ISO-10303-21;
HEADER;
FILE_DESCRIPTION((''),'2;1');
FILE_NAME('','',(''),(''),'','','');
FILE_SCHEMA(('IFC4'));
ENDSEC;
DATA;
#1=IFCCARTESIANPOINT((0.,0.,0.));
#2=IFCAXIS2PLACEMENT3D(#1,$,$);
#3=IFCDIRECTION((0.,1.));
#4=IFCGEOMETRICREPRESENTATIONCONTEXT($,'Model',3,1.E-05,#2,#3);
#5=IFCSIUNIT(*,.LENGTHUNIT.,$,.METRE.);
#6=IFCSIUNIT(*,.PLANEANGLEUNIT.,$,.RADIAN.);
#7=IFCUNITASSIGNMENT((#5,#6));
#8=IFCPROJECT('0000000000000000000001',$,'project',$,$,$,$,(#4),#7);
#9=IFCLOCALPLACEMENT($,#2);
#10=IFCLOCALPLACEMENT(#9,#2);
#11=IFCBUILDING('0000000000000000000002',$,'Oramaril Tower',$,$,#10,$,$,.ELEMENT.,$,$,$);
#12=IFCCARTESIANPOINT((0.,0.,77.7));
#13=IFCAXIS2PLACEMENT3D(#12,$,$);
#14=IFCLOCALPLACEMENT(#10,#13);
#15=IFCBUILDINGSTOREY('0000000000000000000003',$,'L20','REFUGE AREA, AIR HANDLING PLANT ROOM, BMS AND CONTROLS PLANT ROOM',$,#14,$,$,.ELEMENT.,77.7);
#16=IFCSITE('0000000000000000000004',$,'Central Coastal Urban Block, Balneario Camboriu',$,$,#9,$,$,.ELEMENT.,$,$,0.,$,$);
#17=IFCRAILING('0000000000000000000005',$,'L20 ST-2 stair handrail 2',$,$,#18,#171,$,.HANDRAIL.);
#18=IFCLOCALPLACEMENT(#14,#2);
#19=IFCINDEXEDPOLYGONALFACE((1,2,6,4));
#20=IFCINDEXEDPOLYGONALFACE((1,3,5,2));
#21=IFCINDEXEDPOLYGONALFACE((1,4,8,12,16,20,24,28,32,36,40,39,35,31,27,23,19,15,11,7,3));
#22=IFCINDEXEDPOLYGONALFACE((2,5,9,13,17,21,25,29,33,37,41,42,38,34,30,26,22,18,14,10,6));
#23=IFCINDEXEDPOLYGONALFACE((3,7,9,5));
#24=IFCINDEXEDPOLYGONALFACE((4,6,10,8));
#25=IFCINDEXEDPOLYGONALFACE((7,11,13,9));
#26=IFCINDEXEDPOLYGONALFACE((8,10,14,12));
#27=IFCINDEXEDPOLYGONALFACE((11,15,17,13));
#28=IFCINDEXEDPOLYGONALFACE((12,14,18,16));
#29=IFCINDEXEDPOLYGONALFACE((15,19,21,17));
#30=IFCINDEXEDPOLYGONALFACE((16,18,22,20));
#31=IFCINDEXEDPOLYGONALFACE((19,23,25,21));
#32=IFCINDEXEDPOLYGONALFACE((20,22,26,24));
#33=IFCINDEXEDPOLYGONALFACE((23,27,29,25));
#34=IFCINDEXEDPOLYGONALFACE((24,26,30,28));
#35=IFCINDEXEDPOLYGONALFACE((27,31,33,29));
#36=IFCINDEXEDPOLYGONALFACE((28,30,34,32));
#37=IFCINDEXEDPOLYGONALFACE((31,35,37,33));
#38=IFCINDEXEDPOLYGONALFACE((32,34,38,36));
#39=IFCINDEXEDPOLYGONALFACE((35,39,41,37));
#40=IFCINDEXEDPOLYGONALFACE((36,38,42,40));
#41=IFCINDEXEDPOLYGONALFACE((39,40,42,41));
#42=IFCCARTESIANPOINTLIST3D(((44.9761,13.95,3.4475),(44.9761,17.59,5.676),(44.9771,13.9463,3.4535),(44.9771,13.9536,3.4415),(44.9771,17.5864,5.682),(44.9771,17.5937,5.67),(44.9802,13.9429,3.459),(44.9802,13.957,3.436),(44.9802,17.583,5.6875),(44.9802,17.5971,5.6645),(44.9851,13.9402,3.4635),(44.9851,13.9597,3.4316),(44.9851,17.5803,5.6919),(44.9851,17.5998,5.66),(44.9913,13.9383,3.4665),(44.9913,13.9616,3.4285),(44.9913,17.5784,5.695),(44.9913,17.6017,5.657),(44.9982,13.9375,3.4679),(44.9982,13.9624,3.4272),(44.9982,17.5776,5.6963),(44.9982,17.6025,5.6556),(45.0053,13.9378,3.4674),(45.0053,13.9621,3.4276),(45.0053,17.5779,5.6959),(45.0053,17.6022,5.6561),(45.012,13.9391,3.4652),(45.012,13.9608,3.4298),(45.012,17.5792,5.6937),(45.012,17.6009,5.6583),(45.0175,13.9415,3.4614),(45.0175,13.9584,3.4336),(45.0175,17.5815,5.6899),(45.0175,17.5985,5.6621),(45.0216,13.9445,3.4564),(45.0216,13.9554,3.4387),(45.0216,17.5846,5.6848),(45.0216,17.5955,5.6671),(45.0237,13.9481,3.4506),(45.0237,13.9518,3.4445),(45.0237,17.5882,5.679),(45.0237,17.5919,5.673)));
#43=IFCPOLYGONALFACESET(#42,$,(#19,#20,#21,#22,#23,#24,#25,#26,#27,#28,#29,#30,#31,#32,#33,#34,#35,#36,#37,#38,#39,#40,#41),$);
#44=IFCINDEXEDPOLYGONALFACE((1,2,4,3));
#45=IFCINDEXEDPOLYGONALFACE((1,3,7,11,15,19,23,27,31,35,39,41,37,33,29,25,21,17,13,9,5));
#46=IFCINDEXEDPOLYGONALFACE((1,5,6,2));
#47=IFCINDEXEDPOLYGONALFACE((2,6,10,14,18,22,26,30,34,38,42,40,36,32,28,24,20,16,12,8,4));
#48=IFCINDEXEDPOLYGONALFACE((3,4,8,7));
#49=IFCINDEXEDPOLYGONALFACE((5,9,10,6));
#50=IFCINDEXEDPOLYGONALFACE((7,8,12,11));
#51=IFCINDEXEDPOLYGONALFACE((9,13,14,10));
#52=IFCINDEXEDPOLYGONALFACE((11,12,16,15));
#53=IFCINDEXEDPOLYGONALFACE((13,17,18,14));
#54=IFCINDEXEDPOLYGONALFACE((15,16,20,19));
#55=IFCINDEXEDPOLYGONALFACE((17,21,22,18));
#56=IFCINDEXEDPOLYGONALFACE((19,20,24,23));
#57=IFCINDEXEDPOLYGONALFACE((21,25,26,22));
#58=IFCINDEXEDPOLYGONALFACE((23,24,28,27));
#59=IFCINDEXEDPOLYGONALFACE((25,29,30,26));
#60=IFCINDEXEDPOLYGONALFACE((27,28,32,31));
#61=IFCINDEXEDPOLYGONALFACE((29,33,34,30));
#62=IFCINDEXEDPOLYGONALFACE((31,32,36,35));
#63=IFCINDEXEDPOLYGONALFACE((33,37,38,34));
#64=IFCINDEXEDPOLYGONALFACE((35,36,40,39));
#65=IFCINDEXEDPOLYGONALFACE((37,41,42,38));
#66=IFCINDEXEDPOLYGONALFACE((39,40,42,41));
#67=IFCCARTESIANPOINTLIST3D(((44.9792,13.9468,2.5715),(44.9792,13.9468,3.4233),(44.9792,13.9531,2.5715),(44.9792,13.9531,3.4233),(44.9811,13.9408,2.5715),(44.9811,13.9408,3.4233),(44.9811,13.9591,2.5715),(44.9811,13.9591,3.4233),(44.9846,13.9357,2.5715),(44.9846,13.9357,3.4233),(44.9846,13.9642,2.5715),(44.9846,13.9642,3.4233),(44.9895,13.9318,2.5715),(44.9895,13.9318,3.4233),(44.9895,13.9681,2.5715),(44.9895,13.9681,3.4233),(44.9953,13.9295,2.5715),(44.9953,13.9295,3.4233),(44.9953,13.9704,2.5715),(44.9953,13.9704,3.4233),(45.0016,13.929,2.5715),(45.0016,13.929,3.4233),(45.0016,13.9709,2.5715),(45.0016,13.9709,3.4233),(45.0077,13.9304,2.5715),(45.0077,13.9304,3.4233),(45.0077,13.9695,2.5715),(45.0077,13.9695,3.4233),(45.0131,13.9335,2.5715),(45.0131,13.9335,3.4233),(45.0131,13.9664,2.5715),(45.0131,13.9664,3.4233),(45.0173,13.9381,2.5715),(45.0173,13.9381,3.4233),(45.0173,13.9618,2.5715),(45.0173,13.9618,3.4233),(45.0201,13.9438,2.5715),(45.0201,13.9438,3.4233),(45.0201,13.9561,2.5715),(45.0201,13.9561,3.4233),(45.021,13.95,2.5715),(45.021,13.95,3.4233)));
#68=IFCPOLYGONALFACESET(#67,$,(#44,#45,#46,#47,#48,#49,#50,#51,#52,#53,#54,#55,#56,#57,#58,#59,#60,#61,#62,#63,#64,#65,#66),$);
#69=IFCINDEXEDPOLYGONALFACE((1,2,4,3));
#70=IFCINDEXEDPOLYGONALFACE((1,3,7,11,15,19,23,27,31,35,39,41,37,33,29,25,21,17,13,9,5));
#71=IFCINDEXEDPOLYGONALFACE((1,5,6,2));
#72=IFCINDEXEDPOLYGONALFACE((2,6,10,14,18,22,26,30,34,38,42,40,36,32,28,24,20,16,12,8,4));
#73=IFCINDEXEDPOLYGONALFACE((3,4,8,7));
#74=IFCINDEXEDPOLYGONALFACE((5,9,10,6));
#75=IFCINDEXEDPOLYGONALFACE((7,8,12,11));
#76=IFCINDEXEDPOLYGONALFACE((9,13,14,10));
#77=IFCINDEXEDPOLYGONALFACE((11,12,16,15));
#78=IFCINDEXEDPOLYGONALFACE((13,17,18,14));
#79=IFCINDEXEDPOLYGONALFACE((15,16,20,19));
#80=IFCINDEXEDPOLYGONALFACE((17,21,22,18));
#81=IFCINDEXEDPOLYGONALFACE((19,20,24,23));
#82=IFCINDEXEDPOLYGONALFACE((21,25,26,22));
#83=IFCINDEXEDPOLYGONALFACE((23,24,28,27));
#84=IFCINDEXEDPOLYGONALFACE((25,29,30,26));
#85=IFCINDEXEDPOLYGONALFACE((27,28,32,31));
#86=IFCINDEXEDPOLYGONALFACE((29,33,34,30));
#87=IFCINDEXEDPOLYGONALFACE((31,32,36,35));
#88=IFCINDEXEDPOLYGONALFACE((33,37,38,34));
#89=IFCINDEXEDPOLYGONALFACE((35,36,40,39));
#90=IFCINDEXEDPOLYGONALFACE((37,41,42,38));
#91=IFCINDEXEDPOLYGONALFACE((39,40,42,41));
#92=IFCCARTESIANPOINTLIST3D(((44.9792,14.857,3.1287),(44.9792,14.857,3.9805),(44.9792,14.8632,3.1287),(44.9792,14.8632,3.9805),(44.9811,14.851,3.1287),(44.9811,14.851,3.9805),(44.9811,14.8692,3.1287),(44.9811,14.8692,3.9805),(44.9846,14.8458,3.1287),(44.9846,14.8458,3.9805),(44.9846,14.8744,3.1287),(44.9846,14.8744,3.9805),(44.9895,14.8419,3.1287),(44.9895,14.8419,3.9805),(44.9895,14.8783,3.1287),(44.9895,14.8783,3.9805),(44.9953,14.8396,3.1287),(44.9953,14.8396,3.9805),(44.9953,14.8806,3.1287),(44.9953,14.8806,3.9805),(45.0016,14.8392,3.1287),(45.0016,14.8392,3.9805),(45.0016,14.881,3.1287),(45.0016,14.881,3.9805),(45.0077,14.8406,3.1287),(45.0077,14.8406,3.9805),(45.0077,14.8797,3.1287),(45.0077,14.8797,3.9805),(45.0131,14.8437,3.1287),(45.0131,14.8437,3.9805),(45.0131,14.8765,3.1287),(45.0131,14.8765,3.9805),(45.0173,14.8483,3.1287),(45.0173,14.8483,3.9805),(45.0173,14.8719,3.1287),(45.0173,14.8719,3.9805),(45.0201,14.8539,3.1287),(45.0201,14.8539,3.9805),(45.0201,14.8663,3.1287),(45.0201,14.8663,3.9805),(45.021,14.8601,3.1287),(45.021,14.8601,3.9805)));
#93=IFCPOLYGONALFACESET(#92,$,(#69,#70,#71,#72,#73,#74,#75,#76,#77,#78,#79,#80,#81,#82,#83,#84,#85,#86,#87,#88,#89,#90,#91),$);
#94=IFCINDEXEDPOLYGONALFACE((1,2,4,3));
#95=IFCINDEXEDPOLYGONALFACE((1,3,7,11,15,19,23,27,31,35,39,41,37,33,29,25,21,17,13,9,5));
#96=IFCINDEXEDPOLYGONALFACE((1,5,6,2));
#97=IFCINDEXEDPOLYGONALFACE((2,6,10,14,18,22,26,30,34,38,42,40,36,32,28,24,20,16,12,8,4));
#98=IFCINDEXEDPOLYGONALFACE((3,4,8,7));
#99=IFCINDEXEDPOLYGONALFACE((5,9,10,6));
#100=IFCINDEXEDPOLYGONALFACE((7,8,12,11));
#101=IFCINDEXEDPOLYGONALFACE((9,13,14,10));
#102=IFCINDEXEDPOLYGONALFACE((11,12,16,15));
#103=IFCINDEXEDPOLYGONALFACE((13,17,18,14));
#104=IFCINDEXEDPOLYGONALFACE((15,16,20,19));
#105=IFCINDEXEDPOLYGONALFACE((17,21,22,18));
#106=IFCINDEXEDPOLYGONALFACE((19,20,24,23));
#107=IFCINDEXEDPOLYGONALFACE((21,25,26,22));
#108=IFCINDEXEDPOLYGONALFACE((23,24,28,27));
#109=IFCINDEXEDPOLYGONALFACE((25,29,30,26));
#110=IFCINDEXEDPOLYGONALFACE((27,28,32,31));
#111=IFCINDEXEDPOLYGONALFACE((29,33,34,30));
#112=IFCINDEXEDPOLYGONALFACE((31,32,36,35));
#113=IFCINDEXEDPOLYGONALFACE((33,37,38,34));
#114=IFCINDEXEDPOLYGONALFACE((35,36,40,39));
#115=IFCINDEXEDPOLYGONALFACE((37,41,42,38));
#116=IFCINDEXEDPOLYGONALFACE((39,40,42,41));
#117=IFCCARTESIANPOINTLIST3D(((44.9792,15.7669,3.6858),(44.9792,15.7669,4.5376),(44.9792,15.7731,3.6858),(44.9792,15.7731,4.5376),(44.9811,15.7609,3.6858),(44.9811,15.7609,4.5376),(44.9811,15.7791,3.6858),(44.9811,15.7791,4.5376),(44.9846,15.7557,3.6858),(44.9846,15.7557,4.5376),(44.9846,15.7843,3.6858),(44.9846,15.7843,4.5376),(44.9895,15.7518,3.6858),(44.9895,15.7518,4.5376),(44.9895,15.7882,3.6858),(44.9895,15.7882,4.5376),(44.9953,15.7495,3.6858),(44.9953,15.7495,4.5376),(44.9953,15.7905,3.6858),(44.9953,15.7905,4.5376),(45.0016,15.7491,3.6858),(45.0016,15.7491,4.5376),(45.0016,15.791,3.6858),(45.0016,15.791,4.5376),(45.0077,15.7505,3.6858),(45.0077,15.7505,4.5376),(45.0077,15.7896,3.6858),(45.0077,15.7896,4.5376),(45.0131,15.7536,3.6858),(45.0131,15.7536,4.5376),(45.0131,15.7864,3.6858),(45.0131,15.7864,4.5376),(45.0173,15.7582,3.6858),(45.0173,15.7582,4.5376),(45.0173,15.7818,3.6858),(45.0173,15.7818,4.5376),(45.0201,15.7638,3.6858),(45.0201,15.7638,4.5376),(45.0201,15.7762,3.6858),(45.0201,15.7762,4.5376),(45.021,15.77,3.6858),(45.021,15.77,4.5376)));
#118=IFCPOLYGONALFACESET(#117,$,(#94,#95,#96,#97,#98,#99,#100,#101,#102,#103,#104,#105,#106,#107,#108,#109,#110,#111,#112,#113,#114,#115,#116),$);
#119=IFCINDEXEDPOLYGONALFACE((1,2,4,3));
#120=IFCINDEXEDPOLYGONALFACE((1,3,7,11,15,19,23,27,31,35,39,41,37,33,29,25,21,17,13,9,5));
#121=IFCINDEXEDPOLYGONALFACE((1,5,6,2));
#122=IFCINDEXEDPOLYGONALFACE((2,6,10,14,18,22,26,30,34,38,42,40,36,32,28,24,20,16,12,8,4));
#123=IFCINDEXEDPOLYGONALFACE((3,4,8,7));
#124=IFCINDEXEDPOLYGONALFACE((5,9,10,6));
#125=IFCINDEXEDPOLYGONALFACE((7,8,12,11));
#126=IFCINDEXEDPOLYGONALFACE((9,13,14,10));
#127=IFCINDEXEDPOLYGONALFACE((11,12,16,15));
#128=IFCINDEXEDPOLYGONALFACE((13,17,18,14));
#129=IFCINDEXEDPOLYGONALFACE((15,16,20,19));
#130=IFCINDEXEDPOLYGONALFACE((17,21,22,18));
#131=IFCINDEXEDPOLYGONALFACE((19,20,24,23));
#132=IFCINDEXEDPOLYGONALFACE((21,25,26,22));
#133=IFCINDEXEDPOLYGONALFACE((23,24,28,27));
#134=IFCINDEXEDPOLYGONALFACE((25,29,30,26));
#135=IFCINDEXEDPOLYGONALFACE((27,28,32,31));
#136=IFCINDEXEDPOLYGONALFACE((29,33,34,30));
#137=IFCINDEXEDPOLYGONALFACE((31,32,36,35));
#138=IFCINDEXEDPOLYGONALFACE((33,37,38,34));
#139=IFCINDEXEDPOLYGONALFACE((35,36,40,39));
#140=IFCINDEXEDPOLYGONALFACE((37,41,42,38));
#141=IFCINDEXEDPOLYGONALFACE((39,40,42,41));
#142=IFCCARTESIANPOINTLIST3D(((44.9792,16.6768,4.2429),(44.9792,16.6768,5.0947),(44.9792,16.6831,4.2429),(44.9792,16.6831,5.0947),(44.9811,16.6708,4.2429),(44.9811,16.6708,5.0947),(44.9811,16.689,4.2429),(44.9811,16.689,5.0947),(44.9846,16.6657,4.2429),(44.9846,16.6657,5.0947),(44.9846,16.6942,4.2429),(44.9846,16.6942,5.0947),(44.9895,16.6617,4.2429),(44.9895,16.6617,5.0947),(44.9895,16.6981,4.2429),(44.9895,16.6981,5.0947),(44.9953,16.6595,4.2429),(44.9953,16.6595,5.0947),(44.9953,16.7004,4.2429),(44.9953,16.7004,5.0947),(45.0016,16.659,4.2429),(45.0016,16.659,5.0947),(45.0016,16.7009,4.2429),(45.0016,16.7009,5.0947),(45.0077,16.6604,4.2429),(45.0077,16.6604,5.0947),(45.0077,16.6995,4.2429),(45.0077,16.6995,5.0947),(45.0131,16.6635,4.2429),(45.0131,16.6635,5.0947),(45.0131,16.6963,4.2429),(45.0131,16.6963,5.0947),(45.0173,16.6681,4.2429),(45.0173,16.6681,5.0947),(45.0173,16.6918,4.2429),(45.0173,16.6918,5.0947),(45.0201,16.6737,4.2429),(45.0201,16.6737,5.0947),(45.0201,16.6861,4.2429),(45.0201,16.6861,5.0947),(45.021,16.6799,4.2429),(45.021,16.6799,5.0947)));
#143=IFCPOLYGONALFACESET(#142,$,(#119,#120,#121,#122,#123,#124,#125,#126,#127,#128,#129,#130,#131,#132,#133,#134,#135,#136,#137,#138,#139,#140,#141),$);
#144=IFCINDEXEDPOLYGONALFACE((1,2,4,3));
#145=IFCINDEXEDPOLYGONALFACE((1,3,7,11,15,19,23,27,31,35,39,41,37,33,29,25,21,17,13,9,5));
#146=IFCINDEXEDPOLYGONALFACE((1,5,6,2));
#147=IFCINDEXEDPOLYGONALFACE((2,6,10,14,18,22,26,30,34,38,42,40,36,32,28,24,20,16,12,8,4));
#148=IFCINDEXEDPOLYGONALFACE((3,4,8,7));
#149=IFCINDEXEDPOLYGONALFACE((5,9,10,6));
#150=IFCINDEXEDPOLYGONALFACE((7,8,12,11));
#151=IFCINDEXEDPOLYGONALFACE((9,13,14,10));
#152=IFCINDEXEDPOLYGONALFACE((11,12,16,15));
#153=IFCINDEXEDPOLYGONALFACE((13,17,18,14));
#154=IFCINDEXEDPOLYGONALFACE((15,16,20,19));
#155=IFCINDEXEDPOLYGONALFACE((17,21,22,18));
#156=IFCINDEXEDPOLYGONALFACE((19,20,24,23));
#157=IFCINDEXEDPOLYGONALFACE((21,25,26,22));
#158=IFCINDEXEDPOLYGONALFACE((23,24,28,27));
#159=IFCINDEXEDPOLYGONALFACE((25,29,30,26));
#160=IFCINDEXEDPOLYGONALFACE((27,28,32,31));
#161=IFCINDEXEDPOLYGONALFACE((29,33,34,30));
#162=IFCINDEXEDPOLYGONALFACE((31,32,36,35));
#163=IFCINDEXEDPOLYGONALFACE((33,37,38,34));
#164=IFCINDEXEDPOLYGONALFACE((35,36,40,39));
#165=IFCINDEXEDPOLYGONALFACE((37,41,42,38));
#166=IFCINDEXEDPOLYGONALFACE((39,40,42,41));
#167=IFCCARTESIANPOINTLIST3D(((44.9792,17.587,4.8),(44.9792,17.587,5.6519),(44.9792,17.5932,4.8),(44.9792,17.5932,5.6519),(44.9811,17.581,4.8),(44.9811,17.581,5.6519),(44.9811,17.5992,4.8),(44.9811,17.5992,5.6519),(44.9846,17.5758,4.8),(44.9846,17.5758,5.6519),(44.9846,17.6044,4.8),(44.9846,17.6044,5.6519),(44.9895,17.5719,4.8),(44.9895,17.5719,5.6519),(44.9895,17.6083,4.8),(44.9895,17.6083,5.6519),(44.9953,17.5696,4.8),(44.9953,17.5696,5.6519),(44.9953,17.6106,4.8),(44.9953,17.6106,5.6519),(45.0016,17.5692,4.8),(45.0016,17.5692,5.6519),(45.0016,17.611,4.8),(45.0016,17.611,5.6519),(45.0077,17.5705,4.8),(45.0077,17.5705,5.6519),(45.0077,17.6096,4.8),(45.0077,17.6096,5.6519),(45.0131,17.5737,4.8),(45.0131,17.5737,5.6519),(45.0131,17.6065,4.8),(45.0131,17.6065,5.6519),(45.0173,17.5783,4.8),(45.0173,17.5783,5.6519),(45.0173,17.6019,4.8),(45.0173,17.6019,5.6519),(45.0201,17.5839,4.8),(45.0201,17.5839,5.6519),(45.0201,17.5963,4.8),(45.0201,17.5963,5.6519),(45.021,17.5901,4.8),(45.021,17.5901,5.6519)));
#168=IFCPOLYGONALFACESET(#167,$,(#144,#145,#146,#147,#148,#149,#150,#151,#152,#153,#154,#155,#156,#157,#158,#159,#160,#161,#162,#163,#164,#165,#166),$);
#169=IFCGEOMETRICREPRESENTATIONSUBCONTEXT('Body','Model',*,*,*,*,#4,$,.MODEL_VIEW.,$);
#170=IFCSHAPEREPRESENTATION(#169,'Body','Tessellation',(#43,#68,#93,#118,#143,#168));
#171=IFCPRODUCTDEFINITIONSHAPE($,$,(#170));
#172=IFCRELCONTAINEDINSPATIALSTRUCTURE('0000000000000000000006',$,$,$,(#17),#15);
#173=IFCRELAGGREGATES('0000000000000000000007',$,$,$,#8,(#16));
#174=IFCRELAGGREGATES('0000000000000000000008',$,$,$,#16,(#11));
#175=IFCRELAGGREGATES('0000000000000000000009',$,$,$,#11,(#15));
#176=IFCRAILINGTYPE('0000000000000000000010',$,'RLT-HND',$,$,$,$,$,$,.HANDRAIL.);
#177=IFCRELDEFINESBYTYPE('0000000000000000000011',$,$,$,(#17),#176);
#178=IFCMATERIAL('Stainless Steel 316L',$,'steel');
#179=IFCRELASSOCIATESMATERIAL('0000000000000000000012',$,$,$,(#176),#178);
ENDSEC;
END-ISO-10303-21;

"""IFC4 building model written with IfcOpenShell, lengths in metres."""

from ifc_helpers import new_model, si_unit, direction, frame, origin, origin_2d, place, context, subcontext, project, spatial, circle, extrude, material, type_object, element, save


model = new_model("IFC4")

# Units and contexts
model_context = context("Model", 3, precision=1e-05, world=origin(), true_north=direction((0.0, 1.0)))
body_context = subcontext(model_context, "Body", "Model", "MODEL_VIEW")
ifc_project = project(units=[si_unit("LENGTHUNIT", "METRE"), si_unit("PLANEANGLEUNIT", "RADIAN")], contexts=[model_context])

# Site, building, storey
site_placement = place(None, origin())
site = spatial("IfcSite", under=ifc_project, at=site_placement, Name="Central Coastal Urban Block, Balneario Camboriu", CompositionType="ELEMENT", RefElevation=0.0)
building_placement = place(site_placement, origin())
building = spatial("IfcBuilding", under=site, at=building_placement, Name="Oramaril Tower", CompositionType="ELEMENT")
storey_placement = place(building_placement, frame((0.0, 0.0, 77.7)))
storey = spatial("IfcBuildingStorey", under=building, at=storey_placement, Name="L20", Description="REFUGE AREA, AIR HANDLING PLANT ROOM, BMS AND CONTROLS PLANT ROOM", CompositionType="ELEMENT", Elevation=77.7)

# Railing
ifc_material_1 = material(Name="Stainless Steel 316L", Category="steel")
railing_type_1 = type_object("IfcRailingType", Name="RLT-HND", PredefinedType="HANDRAIL", material=ifc_material_1)
railing_1_placement = place(storey_placement, frame((45.0, 13.95, 2.5715)))
element("IfcRailing", 1, at=railing_1_placement, inside=storey, type_object=railing_type_1, Name="L20 ST-2 stair handrail 2", PredefinedType="HANDRAIL", context=body_context, shape_type="SweptSolid", body=[
    extrude(circle(Radius=0.0239, at=origin_2d()), frame((0.0, 0.0, 0.876), z_axis=(0.0, 0.852866, 0.52213), x_axis=(-1.0, 0.0, 0.0)), (0.0, 0.0, 1.0), 4.2681),
    extrude(circle(Radius=0.021, at=origin_2d()), origin(), (0.0, 0.0, 1.0), 0.8518),
    extrude(circle(Radius=0.021, at=origin_2d()), frame((0.0, 0.9102, 0.5571)), (0.0, 0.0, 1.0), 0.8518),
    extrude(circle(Radius=0.021, at=origin_2d()), frame((0.0, 1.8201, 1.1143)), (0.0, 0.0, 1.0), 0.8518),
    extrude(circle(Radius=0.021, at=origin_2d()), frame((0.0, 2.73, 1.6714)), (0.0, 0.0, 1.0), 0.8518),
    extrude(circle(Radius=0.021, at=origin_2d()), frame((0.0, 3.6401, 2.2285)), (0.0, 0.0, 1.0), 0.8518),
])

save(model, "model.ifc")
